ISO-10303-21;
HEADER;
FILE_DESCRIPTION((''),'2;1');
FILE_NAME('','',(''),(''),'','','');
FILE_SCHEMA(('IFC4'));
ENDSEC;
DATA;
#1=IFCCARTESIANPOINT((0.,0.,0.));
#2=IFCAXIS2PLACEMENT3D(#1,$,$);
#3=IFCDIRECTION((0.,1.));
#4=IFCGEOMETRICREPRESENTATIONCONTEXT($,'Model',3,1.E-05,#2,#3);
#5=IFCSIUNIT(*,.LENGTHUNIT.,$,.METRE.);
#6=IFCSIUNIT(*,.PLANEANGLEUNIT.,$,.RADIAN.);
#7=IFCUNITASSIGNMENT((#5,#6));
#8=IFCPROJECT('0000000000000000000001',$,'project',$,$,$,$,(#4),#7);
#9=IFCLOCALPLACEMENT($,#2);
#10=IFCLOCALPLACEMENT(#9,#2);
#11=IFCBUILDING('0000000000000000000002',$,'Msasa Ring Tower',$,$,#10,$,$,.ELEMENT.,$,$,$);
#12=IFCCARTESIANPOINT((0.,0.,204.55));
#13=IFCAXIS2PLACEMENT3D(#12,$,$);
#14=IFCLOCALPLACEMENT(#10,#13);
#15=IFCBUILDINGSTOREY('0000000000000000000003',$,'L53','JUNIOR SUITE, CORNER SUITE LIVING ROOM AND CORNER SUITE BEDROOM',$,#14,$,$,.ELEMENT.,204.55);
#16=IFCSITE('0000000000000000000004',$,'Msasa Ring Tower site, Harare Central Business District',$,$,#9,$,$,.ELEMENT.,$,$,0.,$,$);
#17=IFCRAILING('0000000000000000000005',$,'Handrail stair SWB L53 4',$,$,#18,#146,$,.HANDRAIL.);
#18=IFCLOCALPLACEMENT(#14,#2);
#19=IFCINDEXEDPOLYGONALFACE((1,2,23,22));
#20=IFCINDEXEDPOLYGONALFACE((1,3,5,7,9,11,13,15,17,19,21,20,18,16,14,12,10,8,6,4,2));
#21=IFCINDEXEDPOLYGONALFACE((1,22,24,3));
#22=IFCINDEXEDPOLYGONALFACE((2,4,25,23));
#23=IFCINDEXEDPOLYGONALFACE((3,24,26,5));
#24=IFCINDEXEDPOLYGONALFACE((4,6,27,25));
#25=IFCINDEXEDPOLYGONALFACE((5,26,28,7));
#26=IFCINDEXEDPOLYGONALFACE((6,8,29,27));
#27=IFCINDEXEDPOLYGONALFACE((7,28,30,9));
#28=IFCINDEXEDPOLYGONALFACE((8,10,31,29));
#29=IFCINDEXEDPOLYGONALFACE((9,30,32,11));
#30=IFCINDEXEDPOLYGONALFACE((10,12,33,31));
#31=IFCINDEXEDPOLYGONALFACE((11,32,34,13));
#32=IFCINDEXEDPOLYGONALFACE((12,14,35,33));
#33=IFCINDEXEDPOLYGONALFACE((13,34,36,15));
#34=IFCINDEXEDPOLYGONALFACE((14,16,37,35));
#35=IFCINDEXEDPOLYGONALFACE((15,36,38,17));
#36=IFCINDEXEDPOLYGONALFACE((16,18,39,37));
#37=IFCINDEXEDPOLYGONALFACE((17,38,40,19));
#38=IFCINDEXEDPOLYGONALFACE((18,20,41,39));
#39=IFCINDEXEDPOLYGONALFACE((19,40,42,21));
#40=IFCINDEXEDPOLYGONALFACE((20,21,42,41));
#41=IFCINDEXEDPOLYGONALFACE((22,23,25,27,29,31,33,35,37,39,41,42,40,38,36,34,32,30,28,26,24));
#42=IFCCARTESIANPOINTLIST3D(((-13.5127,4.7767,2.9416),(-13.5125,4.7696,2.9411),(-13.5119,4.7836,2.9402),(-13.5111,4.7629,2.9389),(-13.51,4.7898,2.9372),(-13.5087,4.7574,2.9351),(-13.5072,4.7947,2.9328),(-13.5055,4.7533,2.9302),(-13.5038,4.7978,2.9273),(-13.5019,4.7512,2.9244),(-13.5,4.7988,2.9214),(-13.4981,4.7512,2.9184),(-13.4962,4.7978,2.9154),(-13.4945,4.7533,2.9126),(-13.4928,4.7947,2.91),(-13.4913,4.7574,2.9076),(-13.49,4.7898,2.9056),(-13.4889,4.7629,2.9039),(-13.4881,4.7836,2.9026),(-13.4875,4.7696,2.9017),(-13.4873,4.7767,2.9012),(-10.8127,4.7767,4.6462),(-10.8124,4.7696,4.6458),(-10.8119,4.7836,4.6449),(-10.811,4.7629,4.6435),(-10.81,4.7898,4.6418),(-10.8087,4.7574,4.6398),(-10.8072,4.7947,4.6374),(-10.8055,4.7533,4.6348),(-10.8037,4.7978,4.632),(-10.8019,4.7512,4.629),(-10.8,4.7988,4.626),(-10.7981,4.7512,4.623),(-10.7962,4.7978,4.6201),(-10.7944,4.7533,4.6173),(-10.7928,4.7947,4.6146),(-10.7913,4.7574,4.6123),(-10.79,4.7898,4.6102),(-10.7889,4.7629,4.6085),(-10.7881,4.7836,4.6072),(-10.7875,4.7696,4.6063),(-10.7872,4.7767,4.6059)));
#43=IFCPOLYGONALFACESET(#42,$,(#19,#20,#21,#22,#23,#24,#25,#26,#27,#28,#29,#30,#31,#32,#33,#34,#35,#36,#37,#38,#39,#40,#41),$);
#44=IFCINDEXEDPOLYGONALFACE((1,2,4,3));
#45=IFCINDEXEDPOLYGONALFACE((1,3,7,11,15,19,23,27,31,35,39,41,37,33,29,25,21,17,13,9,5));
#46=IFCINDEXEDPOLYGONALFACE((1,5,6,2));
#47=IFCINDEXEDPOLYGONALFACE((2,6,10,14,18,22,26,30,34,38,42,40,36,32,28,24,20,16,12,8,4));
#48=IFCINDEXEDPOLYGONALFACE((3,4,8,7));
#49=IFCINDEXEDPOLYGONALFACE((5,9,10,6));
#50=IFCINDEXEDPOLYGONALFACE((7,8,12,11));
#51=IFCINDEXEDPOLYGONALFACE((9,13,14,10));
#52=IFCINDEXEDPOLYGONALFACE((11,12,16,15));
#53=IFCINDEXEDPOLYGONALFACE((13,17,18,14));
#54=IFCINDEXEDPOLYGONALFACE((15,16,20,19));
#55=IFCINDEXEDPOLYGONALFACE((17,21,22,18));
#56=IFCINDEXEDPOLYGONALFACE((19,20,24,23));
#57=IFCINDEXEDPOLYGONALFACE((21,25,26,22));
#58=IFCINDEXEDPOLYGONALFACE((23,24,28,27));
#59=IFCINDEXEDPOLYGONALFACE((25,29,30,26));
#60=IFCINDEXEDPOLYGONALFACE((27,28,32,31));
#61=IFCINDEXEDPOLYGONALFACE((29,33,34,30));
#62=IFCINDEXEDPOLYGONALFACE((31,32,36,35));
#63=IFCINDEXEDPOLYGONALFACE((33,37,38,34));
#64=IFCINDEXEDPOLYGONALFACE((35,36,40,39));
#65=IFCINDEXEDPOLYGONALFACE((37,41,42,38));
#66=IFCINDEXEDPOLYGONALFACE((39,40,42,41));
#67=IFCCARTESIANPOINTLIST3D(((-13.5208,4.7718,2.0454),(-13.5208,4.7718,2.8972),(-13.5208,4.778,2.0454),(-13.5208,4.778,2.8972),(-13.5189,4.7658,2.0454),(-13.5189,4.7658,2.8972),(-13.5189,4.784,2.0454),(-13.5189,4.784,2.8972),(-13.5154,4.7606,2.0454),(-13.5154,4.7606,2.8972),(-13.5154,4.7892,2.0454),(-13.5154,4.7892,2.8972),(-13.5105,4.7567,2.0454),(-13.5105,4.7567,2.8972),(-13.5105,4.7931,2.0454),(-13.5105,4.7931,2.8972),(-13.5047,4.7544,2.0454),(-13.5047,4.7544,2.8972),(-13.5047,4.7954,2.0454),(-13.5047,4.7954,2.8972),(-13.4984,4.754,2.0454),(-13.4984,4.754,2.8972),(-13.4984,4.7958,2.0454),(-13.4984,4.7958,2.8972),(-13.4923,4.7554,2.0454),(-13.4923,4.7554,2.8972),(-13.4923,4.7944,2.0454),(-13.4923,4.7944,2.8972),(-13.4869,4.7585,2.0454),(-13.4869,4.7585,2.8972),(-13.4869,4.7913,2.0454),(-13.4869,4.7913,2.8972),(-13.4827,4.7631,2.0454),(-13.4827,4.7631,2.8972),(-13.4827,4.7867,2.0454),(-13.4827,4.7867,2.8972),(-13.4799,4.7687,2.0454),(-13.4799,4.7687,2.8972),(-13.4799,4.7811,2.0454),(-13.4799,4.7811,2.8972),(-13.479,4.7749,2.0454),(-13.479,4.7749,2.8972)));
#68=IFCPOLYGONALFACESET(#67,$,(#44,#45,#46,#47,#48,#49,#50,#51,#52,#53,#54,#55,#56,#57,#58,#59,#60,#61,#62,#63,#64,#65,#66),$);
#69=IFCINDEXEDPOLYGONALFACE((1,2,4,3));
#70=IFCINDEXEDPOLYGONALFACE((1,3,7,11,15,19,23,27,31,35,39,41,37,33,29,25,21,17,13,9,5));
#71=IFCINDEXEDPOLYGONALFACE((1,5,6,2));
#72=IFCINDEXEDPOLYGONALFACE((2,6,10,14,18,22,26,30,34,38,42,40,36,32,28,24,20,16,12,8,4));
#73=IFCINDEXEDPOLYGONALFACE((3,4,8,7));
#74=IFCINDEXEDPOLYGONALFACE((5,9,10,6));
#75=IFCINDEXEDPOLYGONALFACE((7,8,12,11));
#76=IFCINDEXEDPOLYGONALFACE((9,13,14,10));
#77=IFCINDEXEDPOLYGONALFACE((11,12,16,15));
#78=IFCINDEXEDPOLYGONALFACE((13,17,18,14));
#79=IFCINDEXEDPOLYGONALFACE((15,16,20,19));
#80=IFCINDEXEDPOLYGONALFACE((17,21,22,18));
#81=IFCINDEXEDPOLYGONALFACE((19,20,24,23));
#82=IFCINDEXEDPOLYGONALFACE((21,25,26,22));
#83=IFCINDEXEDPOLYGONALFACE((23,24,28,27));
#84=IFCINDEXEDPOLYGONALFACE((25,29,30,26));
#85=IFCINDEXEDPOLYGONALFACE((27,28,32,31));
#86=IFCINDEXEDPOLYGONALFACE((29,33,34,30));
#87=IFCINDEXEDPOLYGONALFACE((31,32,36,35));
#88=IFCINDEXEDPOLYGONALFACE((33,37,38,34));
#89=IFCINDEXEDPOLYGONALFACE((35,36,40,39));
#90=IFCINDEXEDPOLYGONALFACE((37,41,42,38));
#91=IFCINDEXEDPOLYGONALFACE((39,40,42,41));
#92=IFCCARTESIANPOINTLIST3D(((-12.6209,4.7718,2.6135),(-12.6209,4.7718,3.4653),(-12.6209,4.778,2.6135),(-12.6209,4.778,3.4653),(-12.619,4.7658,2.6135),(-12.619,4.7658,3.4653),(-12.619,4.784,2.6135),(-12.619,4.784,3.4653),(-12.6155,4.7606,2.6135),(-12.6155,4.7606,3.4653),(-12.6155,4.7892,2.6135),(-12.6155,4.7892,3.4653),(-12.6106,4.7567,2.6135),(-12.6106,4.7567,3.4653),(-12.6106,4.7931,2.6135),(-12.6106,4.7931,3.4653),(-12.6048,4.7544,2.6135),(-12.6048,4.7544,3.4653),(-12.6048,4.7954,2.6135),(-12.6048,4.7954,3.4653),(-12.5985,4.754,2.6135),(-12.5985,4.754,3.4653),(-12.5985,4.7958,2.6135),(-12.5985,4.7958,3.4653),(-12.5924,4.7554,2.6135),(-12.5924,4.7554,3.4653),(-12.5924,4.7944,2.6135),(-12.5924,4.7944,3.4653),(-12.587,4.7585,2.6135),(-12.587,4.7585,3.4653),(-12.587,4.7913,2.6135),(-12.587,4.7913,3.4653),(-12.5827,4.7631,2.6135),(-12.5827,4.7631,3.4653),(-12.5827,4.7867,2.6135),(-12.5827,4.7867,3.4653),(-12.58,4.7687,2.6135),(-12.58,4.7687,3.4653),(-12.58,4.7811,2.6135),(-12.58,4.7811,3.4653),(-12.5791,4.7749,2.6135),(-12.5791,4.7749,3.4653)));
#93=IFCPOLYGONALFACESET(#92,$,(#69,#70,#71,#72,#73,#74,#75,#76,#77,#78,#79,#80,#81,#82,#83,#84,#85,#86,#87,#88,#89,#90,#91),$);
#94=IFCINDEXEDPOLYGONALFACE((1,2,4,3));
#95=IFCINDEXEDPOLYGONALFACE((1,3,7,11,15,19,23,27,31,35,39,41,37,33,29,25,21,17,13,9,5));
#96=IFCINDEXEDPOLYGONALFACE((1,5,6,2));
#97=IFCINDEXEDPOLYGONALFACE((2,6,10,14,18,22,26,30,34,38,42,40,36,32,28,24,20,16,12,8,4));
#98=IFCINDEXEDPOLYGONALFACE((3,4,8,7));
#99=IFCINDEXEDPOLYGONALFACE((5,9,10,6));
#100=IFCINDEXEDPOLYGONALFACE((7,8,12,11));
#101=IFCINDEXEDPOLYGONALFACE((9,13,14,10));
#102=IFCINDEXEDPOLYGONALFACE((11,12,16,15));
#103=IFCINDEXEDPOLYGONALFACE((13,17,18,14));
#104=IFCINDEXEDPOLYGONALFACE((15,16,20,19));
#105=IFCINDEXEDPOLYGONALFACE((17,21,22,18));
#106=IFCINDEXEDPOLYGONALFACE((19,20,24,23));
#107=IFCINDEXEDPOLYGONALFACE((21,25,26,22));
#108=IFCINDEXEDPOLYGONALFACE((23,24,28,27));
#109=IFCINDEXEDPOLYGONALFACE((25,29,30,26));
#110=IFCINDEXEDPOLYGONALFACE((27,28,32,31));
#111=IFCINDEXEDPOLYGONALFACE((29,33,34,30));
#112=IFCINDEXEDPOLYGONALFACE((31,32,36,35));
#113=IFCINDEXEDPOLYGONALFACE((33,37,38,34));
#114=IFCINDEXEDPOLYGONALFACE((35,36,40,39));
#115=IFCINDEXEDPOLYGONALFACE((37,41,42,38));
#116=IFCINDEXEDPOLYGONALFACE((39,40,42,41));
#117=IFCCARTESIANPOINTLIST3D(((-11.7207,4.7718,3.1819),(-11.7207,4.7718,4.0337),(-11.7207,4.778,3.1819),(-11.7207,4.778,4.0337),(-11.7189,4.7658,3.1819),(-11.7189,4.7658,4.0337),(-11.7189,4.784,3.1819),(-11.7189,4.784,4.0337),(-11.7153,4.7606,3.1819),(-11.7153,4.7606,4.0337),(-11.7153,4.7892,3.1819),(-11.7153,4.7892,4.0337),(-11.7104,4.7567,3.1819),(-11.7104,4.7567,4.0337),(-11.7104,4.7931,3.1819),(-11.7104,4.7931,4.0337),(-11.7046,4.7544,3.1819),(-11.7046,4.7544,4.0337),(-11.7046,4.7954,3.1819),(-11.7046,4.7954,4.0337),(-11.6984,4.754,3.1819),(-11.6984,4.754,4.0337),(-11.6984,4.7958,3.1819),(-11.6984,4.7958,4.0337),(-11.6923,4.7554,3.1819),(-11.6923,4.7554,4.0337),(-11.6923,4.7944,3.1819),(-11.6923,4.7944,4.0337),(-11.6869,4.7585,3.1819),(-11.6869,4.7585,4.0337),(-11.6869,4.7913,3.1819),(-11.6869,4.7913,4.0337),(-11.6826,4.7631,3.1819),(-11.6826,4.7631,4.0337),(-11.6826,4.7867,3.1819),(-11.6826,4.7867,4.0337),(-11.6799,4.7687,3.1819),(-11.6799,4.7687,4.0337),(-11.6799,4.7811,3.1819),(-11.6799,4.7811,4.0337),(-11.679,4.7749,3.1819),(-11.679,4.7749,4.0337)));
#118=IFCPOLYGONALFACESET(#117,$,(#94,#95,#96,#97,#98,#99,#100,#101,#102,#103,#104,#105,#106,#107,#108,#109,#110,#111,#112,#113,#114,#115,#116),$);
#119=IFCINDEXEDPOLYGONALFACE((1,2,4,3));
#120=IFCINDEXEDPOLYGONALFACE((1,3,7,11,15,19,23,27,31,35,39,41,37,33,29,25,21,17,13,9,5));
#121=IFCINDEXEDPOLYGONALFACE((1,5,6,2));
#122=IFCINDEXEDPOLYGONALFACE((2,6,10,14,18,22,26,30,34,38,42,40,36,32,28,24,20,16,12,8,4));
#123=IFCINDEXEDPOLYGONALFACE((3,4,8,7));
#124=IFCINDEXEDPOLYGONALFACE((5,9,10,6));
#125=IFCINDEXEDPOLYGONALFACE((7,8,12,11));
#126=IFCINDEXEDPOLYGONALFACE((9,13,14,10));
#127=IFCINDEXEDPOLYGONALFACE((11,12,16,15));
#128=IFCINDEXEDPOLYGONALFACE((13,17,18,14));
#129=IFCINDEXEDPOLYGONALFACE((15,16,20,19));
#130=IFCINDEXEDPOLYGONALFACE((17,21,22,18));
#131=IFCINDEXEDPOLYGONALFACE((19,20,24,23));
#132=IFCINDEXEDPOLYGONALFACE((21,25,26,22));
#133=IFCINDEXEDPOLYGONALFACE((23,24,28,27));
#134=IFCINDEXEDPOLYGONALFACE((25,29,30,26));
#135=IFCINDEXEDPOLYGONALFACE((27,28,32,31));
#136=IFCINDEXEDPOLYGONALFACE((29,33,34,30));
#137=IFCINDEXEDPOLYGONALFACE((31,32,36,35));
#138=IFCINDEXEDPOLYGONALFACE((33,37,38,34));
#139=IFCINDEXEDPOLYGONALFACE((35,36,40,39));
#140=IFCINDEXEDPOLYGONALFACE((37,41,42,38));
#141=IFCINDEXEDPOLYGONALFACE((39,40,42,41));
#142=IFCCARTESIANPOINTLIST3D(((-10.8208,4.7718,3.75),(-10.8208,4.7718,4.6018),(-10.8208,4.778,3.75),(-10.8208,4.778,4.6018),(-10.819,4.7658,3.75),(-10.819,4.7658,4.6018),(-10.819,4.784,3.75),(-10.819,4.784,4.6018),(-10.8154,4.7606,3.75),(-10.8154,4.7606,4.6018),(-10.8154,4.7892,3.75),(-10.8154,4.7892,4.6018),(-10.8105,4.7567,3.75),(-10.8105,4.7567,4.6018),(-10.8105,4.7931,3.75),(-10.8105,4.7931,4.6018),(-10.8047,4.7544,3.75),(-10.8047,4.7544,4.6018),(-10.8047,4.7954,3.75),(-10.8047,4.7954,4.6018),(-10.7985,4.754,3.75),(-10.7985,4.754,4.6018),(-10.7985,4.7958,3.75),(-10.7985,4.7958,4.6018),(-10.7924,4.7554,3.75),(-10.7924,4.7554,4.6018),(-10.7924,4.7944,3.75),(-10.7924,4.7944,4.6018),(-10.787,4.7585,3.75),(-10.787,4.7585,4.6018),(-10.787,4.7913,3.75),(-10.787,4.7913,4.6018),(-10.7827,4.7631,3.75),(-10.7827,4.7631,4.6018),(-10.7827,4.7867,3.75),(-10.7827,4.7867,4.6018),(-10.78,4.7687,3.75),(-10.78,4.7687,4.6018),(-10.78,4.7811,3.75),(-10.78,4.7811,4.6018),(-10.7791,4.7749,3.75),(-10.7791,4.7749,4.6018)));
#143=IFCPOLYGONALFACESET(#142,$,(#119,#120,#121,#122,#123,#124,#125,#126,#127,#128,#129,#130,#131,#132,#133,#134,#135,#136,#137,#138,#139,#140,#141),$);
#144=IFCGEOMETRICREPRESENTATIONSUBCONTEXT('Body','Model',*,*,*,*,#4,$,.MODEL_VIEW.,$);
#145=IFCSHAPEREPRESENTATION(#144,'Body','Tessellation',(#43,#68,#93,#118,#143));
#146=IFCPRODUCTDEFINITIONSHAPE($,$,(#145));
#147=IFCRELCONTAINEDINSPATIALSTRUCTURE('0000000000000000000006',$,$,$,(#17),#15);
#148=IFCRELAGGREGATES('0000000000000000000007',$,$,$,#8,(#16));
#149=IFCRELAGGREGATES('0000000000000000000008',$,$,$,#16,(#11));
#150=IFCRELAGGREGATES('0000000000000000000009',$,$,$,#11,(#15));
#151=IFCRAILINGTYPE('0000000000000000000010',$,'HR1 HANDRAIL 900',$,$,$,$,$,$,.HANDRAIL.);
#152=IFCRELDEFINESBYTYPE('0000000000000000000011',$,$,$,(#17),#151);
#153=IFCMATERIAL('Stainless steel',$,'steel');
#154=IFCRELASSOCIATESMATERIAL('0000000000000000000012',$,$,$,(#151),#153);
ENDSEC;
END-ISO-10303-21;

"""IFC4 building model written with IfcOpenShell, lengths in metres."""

from ifc_helpers import new_model, si_unit, direction, frame, origin, origin_2d, place, context, subcontext, project, spatial, circle, extrude, material, type_object, element, save


model = new_model("IFC4")

# Units and contexts
model_context = context("Model", 3, precision=1e-05, world=origin(), true_north=direction((0.0, 1.0)))
body_context = subcontext(model_context, "Body", "Model", "MODEL_VIEW")
ifc_project = project(units=[si_unit("LENGTHUNIT", "METRE"), si_unit("PLANEANGLEUNIT", "RADIAN")], contexts=[model_context])

# Site, building, storey
site_placement = place(None, origin())
site = spatial("IfcSite", under=ifc_project, at=site_placement, Name="Msasa Ring Tower site, Harare Central Business District", CompositionType="ELEMENT", RefElevation=0.0)
building_placement = place(site_placement, origin())
building = spatial("IfcBuilding", under=site, at=building_placement, Name="Msasa Ring Tower", CompositionType="ELEMENT")
storey_placement = place(building_placement, frame((0.0, 0.0, 204.55)))
storey = spatial("IfcBuildingStorey", under=building, at=storey_placement, Name="L53", Description="JUNIOR SUITE, CORNER SUITE LIVING ROOM AND CORNER SUITE BEDROOM", CompositionType="ELEMENT", Elevation=204.55)

# Railing
ifc_material_1 = material(Name="Stainless steel", Category="steel")
railing_type = type_object("IfcRailingType", Name="HR1 HANDRAIL 900", PredefinedType="HANDRAIL", material=ifc_material_1)
for number, where, name in (
    (1, (-13.5, 4.7749, 2.0454), "Handrail stair SWB L53 4"),
):
    element("IfcRailing", number, at=place(storey_placement, frame(where)), inside=storey, type_object=railing_type, Name=name, PredefinedType="HANDRAIL", context=body_context, shape_type="SweptSolid", body=[
        extrude(circle(Radius=0.0239, at=origin_2d()), frame((0.0, 0.0, 0.876), z_axis=(0.84558, 0.0, 0.533849), x_axis=(0.0, 1.0, 0.0)), (0.0, 0.0, 1.0), 3.1931),
        extrude(circle(Radius=0.021, at=origin_2d()), origin(), (0.0, 0.0, 1.0), 0.8518),
        extrude(circle(Radius=0.021, at=origin_2d()), frame((0.8999, 0.0, 0.5681)), (0.0, 0.0, 1.0), 0.8518),
        extrude(circle(Radius=0.021, at=origin_2d()), frame((1.8, 0.0, 1.1365)), (0.0, 0.0, 1.0), 0.8518),
        extrude(circle(Radius=0.021, at=origin_2d()), frame((2.7, 0.0, 1.7046)), (0.0, 0.0, 1.0), 0.8518),
    ])

save(model, "model.ifc")
